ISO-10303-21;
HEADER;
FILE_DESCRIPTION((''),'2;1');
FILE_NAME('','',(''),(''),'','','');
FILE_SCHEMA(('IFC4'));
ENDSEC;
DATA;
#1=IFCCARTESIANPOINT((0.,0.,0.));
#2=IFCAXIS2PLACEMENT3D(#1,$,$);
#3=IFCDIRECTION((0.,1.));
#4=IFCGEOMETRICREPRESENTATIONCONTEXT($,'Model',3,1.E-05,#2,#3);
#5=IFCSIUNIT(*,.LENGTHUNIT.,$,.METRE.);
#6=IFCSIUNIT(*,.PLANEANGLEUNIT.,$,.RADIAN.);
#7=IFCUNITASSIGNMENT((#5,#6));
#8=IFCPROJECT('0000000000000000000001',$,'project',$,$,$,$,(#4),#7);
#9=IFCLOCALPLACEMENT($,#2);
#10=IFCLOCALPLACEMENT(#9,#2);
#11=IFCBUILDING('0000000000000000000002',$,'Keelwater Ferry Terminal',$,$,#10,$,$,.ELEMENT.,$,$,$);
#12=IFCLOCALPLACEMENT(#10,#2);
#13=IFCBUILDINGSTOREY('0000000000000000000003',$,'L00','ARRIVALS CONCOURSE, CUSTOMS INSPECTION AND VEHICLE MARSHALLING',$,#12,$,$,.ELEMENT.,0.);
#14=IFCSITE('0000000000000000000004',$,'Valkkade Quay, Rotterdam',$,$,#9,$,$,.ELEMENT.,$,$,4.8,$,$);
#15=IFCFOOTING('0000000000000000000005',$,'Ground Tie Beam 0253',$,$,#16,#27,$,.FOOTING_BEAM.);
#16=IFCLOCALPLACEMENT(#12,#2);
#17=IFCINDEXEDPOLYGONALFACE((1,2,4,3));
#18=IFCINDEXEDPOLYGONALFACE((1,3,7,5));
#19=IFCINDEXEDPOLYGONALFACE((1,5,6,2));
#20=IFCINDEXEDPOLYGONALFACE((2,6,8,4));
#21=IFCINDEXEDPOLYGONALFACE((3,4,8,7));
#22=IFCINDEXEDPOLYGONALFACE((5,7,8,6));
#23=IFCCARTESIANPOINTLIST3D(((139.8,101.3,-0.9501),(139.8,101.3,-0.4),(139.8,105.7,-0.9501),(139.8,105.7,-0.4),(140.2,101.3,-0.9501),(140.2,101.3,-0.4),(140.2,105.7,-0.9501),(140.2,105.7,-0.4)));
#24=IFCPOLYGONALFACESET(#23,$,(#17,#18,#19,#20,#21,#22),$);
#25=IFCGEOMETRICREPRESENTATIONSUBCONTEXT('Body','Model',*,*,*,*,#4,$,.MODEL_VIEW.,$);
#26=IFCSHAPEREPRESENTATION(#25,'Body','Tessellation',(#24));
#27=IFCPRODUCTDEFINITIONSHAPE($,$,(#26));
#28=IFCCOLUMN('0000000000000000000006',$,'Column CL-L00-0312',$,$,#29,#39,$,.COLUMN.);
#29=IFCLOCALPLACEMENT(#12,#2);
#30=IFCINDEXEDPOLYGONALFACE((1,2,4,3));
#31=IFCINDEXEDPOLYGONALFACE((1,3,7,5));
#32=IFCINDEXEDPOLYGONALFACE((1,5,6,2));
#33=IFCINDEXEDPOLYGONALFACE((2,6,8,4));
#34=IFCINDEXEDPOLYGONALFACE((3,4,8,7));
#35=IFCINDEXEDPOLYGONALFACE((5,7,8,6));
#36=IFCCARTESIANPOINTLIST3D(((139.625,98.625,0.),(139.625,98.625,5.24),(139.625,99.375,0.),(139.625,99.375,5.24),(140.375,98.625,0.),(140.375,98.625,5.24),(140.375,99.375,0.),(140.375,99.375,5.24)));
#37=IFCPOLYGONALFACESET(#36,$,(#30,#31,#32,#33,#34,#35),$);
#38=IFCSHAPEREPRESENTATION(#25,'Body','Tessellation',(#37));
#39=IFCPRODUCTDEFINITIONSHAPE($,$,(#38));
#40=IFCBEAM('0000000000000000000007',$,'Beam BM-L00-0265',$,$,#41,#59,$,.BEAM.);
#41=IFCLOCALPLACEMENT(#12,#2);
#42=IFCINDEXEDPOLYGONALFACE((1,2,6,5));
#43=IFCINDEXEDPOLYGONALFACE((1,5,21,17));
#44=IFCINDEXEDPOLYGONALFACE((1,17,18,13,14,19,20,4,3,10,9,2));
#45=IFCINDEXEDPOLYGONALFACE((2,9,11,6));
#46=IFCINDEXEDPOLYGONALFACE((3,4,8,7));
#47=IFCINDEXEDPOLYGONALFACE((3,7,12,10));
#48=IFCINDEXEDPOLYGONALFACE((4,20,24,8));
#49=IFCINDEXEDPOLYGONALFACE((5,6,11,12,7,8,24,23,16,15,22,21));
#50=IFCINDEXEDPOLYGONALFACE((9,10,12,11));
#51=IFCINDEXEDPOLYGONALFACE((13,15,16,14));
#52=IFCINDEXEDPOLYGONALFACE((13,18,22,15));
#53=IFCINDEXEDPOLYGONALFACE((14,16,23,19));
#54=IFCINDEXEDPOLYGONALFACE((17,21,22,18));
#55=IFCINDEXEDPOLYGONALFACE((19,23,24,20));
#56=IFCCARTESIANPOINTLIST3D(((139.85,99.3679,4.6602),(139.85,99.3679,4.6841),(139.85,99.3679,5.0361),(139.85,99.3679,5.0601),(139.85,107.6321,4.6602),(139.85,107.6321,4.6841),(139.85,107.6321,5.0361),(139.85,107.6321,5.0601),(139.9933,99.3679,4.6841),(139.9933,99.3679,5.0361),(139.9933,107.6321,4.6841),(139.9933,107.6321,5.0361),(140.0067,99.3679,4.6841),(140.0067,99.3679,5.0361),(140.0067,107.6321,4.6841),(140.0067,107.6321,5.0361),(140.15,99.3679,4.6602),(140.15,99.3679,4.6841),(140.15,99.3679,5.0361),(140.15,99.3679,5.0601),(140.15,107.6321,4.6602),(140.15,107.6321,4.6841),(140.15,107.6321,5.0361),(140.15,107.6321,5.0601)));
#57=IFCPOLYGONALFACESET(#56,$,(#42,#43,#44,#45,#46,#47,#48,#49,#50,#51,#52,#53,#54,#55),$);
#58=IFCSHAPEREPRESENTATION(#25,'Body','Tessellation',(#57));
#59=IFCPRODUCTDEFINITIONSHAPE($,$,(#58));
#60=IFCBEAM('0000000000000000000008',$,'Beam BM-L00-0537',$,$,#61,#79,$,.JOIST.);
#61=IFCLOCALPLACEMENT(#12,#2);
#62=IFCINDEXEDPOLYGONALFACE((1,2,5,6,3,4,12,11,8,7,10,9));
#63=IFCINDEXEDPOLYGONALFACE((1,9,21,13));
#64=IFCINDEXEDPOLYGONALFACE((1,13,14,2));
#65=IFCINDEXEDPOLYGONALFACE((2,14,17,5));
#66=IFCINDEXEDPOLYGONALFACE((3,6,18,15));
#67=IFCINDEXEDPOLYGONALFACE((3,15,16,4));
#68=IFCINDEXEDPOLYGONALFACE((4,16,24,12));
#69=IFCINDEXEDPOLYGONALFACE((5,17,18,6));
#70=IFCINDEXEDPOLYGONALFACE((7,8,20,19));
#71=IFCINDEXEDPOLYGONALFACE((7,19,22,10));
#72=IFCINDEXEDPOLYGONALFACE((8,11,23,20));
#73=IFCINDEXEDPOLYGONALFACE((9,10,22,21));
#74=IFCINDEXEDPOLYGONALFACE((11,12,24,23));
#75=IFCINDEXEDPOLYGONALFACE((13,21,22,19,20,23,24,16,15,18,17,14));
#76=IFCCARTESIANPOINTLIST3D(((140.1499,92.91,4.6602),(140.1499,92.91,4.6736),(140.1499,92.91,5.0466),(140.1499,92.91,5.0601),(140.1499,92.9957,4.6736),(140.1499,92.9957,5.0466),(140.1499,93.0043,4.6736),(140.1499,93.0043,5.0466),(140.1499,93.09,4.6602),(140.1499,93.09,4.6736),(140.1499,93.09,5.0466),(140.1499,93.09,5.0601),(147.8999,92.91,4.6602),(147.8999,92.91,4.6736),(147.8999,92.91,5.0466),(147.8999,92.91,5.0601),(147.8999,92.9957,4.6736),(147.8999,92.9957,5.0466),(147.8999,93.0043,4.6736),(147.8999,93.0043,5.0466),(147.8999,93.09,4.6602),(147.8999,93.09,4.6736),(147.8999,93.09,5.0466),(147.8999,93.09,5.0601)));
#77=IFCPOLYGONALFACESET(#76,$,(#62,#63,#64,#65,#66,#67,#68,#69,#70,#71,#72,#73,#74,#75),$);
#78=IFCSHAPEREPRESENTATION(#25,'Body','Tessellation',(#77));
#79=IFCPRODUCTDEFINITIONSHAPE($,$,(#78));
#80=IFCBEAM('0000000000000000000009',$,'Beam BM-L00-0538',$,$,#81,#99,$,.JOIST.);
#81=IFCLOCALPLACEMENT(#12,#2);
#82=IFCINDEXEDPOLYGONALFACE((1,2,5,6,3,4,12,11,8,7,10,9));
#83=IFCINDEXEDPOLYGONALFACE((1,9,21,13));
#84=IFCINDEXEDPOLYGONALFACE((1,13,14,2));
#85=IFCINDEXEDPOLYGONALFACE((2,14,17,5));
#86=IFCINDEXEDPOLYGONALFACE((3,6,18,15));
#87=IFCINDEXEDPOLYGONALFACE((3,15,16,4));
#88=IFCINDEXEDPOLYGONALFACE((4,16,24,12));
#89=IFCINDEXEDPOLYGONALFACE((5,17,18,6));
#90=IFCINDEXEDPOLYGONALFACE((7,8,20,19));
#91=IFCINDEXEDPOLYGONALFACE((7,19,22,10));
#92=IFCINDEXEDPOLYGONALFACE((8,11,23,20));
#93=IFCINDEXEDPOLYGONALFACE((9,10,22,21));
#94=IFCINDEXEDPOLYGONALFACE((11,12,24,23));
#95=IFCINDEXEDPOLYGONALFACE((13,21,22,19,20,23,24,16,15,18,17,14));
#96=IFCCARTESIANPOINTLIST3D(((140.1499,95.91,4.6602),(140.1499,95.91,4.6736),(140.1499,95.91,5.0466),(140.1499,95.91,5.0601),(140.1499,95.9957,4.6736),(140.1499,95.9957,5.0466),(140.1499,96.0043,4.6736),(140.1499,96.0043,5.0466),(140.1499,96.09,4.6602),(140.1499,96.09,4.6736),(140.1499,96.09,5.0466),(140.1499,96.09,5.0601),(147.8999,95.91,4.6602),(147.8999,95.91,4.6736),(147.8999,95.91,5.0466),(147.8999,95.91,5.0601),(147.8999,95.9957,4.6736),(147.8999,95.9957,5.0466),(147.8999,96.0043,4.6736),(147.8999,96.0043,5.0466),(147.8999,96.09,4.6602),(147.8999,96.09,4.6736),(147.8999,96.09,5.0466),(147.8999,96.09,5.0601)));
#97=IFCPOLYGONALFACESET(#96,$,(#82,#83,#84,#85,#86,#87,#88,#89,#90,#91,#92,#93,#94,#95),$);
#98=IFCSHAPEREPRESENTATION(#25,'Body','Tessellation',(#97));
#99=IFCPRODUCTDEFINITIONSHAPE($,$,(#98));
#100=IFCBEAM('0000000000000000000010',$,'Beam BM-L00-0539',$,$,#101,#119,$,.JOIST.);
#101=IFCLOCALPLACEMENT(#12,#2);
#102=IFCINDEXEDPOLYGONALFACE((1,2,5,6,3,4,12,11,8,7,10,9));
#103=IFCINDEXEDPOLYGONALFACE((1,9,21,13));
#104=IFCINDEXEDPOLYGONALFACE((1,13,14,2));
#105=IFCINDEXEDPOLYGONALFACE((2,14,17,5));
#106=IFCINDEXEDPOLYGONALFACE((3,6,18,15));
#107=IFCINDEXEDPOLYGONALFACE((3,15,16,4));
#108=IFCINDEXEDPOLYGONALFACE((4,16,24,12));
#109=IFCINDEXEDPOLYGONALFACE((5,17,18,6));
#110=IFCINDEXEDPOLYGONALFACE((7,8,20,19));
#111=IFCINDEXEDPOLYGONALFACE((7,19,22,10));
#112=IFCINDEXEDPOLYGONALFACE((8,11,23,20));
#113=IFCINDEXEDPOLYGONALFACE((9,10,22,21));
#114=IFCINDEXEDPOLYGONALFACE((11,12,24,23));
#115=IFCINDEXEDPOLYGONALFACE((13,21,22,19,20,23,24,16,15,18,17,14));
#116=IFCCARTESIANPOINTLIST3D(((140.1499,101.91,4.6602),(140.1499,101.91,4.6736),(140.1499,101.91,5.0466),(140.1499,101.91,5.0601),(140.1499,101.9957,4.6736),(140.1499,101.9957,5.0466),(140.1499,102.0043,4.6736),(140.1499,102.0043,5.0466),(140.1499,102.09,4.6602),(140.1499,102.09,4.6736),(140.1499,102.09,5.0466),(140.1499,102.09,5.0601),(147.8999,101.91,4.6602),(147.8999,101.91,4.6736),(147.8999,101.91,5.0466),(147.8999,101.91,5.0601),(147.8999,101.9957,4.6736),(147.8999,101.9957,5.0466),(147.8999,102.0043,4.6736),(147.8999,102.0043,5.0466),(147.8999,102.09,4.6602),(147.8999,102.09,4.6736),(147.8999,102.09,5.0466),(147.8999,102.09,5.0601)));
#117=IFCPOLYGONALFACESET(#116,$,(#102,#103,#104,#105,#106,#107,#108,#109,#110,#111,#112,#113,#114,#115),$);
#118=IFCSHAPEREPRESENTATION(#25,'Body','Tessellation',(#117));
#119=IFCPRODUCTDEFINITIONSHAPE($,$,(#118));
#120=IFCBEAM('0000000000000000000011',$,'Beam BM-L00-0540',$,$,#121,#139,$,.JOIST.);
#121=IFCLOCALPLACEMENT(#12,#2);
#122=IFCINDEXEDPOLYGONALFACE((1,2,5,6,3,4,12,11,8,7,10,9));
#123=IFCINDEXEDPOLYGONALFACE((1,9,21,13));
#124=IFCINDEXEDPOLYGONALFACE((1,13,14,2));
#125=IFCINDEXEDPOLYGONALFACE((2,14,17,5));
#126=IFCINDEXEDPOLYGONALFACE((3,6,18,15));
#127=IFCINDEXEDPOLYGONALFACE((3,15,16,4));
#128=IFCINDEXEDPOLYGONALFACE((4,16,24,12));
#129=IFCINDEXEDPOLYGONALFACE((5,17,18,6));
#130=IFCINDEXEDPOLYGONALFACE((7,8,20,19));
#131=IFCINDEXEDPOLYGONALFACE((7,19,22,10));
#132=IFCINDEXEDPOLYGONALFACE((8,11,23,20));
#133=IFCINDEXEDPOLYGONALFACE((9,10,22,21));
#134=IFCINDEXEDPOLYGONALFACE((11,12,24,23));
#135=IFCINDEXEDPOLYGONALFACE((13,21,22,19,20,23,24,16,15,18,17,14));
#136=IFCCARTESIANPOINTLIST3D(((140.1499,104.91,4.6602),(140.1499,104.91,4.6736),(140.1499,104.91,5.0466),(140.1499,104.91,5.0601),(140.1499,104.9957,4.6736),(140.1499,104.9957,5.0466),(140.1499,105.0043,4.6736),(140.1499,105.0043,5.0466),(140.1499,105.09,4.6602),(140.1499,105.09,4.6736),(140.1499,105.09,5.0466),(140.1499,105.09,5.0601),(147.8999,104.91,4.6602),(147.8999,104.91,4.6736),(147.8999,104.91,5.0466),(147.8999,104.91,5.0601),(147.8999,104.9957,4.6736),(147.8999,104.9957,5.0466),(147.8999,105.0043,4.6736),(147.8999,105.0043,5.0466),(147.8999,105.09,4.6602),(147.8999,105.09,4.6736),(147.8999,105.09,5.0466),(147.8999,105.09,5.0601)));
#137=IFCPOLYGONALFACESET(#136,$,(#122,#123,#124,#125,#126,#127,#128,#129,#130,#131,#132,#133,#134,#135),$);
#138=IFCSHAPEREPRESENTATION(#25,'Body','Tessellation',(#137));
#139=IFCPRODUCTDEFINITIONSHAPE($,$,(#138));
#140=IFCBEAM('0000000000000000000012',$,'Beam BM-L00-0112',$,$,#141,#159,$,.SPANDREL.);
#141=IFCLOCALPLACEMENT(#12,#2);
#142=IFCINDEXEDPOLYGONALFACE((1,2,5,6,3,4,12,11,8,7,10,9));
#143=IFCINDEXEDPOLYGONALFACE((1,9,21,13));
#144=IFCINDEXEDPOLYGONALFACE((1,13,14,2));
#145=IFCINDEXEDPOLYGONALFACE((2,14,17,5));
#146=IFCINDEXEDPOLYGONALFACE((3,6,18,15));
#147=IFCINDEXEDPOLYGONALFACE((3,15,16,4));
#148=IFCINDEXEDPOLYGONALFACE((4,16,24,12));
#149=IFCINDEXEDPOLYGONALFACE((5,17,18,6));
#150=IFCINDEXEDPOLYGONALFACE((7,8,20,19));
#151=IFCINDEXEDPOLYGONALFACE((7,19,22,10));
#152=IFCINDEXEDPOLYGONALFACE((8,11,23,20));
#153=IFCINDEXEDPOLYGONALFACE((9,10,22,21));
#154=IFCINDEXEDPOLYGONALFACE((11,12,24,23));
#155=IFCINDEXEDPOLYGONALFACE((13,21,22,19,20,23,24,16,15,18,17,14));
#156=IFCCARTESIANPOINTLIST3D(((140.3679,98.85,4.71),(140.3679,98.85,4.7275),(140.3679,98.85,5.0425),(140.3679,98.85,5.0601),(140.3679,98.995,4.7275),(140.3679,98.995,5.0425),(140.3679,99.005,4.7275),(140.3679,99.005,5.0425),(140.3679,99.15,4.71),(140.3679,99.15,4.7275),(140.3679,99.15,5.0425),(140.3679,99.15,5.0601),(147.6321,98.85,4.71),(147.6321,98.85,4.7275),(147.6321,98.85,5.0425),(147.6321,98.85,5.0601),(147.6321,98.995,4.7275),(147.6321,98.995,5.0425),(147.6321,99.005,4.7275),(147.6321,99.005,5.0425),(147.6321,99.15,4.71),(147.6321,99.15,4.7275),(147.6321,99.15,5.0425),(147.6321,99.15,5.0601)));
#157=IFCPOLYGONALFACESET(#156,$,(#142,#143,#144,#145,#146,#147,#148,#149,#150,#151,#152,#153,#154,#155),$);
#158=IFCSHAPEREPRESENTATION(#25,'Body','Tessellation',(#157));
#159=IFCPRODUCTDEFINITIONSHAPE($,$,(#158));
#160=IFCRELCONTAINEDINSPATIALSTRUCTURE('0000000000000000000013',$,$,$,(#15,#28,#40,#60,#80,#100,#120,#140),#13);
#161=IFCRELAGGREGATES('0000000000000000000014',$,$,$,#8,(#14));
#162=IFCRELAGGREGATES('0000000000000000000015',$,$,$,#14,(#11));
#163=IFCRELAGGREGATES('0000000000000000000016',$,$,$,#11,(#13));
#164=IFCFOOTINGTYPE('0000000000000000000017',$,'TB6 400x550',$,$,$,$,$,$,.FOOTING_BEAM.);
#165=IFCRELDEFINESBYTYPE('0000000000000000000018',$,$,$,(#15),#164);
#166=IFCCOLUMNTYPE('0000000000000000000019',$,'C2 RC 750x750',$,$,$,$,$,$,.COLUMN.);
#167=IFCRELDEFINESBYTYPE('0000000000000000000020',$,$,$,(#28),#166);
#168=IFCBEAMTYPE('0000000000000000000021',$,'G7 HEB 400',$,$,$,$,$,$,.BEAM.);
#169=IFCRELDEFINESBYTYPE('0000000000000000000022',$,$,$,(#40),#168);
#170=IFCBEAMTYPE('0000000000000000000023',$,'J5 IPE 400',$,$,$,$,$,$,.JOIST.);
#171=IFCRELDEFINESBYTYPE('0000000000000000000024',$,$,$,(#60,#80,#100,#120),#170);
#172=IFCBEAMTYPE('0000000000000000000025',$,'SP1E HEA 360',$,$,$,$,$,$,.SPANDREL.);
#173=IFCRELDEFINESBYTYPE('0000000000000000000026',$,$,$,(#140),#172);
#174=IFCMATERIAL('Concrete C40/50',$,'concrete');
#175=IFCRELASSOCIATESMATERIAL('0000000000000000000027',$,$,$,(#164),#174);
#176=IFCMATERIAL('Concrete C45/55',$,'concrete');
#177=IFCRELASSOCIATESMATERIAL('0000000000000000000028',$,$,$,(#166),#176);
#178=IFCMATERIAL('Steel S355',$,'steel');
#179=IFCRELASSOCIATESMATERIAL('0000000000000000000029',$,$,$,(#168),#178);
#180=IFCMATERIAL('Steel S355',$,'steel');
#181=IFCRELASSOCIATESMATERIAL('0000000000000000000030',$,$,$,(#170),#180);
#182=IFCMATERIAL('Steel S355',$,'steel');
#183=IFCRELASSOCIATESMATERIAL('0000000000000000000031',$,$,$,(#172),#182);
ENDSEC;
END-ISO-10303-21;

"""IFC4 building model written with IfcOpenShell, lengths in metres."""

from ifc_helpers import new_model, si_unit, direction, frame, origin, origin_2d, place, context, subcontext, project, spatial, rectangle, i_section, extrude, material, material_profile, profile_set, type_object, element, save


model = new_model("IFC4")

# Units and contexts
model_context = context("Model", 3, precision=1e-05, world=origin(), true_north=direction((0.0, 1.0)))
body_context = subcontext(model_context, "Body", "Model", "MODEL_VIEW")
ifc_project = project(units=[si_unit("LENGTHUNIT", "METRE"), si_unit("PLANEANGLEUNIT", "RADIAN")], contexts=[model_context])

# Site, building, storey
site_placement = place(None, origin())
site = spatial("IfcSite", under=ifc_project, at=site_placement, Name="Valkkade Quay, Rotterdam", CompositionType="ELEMENT", RefElevation=4.8)
building_placement = place(site_placement, origin())
building = spatial("IfcBuilding", under=site, at=building_placement, Name="Keelwater Ferry Terminal", CompositionType="ELEMENT")
storey_placement = place(building_placement, origin())
storey = spatial("IfcBuildingStorey", under=building, at=storey_placement, Name="L00", Description="ARRIVALS CONCOURSE, CUSTOMS INSPECTION AND VEHICLE MARSHALLING", CompositionType="ELEMENT", Elevation=0.0)

# Footing
ifc_material_1 = material(Name="Concrete C40/50", Category="concrete")
ifc_material_profile_1 = material_profile(ifc_material_1, rectangle(XDim=0.3999, YDim=0.55, at=origin_2d()), Name="TB 400x550")
ifc_profile_set_1 = profile_set([ifc_material_profile_1], Name="Concrete C40/50")
footing_type_1 = type_object("IfcFootingType", Name="TB6 400x550", PredefinedType="FOOTING_BEAM", material=ifc_profile_set_1)
for number, where, z_axis, x_axis, name in (
    (1, (140.0, 101.3, -0.675), (0.0, 1.0, 0.0), (-1.0, 0.0, 0.0), "Ground Tie Beam 0253"),
):
    element("IfcFooting", number, at=place(storey_placement, frame(where, z_axis=z_axis, x_axis=x_axis)), inside=storey, type_object=footing_type_1, Name=name, PredefinedType="FOOTING_BEAM", context=body_context, shape_type="SweptSolid", body=[
        extrude(rectangle(XDim=0.3999, YDim=0.55, at=origin_2d()), origin(), (0.0, 0.0, 1.0), 4.3999),
    ])

# Column
ifc_material_2 = material(Name="Concrete C45/55", Category="concrete")
ifc_material_profile_2 = material_profile(ifc_material_2, rectangle(XDim=0.75, YDim=0.75, at=origin_2d()), Name="RC 750x750")
ifc_profile_set_2 = profile_set([ifc_material_profile_2], Name="Concrete C45/55")
column_type = type_object("IfcColumnType", Name="C2 RC 750x750", PredefinedType="COLUMN", material=ifc_profile_set_2)
column_placement = place(storey_placement, frame((140.0, 99.0, 0.0), z_axis=(0.0, 0.0, 1.0), x_axis=(1.0, 0.0, 0.0)))
element("IfcColumn", 2, at=column_placement, inside=storey, type_object=column_type, Name="Column CL-L00-0312", PredefinedType="COLUMN", context=body_context, shape_type="SweptSolid", body=[
    extrude(rectangle(XDim=0.75, YDim=0.75, at=origin_2d()), origin(), (0.0, 0.0, 1.0), 5.24),
])

# Beams
ifc_material_3 = material(Name="Steel S355", Category="steel")
ifc_material_profile_3 = material_profile(ifc_material_3, i_section(OverallWidth=0.3, OverallDepth=0.3999, WebThickness=0.0134, FlangeThickness=0.0239, at=origin_2d()), Name="HEB 400")
ifc_profile_set_3 = profile_set([ifc_material_profile_3], Name="Steel S355")
beam_type_1 = type_object("IfcBeamType", Name="G7 HEB 400", PredefinedType="BEAM", material=ifc_profile_set_3)
beam_1_placement = place(storey_placement, frame((140.0, 99.3679, 4.8601), z_axis=(0.0, 1.0, 0.0), x_axis=(-1.0, 0.0, 0.0)))
element("IfcBeam", 3, at=beam_1_placement, inside=storey, type_object=beam_type_1, Name="Beam BM-L00-0265", PredefinedType="BEAM", context=body_context, shape_type="SweptSolid", body=[
    extrude(i_section(OverallWidth=0.3, OverallDepth=0.3999, WebThickness=0.0134, FlangeThickness=0.0239, at=origin_2d()), origin(), (0.0, 0.0, 1.0), 8.2642),
])
ifc_material_4 = material(Name="Steel S355", Category="steel")
ifc_material_profile_4 = material_profile(ifc_material_4, i_section(OverallWidth=0.1799, OverallDepth=0.3999, WebThickness=0.0085, FlangeThickness=0.0134, at=origin_2d()), Name="IPE 400")
ifc_profile_set_4 = profile_set([ifc_material_profile_4], Name="Steel S355")
beam_type_2 = type_object("IfcBeamType", Name="J5 IPE 400", PredefinedType="JOIST", material=ifc_profile_set_4)
for number, where, z_axis, x_axis, name in (
    (4, (140.1499, 93.0, 4.8601), (1.0, 0.0, 0.0), (0.0, 1.0, 0.0), "Beam BM-L00-0537"),
    (5, (140.1499, 96.0, 4.8601), (1.0, 0.0, 0.0), (0.0, 1.0, 0.0), "Beam BM-L00-0538"),
    (6, (140.1499, 102.0, 4.8601), (1.0, 0.0, 0.0), (0.0, 1.0, 0.0), "Beam BM-L00-0539"),
    (7, (140.1499, 105.0, 4.8601), (1.0, 0.0, 0.0), (0.0, 1.0, 0.0), "Beam BM-L00-0540"),
):
    element("IfcBeam", number, at=place(storey_placement, frame(where, z_axis=z_axis, x_axis=x_axis)), inside=storey, type_object=beam_type_2, Name=name, PredefinedType="JOIST", context=body_context, shape_type="SweptSolid", body=[
        extrude(i_section(OverallWidth=0.1799, OverallDepth=0.3999, WebThickness=0.0085, FlangeThickness=0.0134, at=origin_2d()), origin(), (0.0, 0.0, 1.0), 7.75),
    ])
ifc_material_5 = material(Name="Steel S355", Category="steel")
ifc_material_profile_5 = material_profile(ifc_material_5, i_section(OverallWidth=0.3, OverallDepth=0.3501, WebThickness=0.01, FlangeThickness=0.0176, at=origin_2d()), Name="HEA 360")
ifc_profile_set_5 = profile_set([ifc_material_profile_5], Name="Steel S355")
beam_type_3 = type_object("IfcBeamType", Name="SP1E HEA 360", PredefinedType="SPANDREL", material=ifc_profile_set_5)
beam_2_placement = place(storey_placement, frame((140.3679, 99.0, 4.885), z_axis=(1.0, 0.0, 0.0), x_axis=(0.0, 1.0, 0.0)))
element("IfcBeam", 8, at=beam_2_placement, inside=storey, type_object=beam_type_3, Name="Beam BM-L00-0112", PredefinedType="SPANDREL", context=body_context, shape_type="SweptSolid", body=[
    extrude(i_section(OverallWidth=0.3, OverallDepth=0.3501, WebThickness=0.01, FlangeThickness=0.0176, at=origin_2d()), origin(), (0.0, 0.0, 1.0), 7.2642),
])

save(model, "model.ifc")
